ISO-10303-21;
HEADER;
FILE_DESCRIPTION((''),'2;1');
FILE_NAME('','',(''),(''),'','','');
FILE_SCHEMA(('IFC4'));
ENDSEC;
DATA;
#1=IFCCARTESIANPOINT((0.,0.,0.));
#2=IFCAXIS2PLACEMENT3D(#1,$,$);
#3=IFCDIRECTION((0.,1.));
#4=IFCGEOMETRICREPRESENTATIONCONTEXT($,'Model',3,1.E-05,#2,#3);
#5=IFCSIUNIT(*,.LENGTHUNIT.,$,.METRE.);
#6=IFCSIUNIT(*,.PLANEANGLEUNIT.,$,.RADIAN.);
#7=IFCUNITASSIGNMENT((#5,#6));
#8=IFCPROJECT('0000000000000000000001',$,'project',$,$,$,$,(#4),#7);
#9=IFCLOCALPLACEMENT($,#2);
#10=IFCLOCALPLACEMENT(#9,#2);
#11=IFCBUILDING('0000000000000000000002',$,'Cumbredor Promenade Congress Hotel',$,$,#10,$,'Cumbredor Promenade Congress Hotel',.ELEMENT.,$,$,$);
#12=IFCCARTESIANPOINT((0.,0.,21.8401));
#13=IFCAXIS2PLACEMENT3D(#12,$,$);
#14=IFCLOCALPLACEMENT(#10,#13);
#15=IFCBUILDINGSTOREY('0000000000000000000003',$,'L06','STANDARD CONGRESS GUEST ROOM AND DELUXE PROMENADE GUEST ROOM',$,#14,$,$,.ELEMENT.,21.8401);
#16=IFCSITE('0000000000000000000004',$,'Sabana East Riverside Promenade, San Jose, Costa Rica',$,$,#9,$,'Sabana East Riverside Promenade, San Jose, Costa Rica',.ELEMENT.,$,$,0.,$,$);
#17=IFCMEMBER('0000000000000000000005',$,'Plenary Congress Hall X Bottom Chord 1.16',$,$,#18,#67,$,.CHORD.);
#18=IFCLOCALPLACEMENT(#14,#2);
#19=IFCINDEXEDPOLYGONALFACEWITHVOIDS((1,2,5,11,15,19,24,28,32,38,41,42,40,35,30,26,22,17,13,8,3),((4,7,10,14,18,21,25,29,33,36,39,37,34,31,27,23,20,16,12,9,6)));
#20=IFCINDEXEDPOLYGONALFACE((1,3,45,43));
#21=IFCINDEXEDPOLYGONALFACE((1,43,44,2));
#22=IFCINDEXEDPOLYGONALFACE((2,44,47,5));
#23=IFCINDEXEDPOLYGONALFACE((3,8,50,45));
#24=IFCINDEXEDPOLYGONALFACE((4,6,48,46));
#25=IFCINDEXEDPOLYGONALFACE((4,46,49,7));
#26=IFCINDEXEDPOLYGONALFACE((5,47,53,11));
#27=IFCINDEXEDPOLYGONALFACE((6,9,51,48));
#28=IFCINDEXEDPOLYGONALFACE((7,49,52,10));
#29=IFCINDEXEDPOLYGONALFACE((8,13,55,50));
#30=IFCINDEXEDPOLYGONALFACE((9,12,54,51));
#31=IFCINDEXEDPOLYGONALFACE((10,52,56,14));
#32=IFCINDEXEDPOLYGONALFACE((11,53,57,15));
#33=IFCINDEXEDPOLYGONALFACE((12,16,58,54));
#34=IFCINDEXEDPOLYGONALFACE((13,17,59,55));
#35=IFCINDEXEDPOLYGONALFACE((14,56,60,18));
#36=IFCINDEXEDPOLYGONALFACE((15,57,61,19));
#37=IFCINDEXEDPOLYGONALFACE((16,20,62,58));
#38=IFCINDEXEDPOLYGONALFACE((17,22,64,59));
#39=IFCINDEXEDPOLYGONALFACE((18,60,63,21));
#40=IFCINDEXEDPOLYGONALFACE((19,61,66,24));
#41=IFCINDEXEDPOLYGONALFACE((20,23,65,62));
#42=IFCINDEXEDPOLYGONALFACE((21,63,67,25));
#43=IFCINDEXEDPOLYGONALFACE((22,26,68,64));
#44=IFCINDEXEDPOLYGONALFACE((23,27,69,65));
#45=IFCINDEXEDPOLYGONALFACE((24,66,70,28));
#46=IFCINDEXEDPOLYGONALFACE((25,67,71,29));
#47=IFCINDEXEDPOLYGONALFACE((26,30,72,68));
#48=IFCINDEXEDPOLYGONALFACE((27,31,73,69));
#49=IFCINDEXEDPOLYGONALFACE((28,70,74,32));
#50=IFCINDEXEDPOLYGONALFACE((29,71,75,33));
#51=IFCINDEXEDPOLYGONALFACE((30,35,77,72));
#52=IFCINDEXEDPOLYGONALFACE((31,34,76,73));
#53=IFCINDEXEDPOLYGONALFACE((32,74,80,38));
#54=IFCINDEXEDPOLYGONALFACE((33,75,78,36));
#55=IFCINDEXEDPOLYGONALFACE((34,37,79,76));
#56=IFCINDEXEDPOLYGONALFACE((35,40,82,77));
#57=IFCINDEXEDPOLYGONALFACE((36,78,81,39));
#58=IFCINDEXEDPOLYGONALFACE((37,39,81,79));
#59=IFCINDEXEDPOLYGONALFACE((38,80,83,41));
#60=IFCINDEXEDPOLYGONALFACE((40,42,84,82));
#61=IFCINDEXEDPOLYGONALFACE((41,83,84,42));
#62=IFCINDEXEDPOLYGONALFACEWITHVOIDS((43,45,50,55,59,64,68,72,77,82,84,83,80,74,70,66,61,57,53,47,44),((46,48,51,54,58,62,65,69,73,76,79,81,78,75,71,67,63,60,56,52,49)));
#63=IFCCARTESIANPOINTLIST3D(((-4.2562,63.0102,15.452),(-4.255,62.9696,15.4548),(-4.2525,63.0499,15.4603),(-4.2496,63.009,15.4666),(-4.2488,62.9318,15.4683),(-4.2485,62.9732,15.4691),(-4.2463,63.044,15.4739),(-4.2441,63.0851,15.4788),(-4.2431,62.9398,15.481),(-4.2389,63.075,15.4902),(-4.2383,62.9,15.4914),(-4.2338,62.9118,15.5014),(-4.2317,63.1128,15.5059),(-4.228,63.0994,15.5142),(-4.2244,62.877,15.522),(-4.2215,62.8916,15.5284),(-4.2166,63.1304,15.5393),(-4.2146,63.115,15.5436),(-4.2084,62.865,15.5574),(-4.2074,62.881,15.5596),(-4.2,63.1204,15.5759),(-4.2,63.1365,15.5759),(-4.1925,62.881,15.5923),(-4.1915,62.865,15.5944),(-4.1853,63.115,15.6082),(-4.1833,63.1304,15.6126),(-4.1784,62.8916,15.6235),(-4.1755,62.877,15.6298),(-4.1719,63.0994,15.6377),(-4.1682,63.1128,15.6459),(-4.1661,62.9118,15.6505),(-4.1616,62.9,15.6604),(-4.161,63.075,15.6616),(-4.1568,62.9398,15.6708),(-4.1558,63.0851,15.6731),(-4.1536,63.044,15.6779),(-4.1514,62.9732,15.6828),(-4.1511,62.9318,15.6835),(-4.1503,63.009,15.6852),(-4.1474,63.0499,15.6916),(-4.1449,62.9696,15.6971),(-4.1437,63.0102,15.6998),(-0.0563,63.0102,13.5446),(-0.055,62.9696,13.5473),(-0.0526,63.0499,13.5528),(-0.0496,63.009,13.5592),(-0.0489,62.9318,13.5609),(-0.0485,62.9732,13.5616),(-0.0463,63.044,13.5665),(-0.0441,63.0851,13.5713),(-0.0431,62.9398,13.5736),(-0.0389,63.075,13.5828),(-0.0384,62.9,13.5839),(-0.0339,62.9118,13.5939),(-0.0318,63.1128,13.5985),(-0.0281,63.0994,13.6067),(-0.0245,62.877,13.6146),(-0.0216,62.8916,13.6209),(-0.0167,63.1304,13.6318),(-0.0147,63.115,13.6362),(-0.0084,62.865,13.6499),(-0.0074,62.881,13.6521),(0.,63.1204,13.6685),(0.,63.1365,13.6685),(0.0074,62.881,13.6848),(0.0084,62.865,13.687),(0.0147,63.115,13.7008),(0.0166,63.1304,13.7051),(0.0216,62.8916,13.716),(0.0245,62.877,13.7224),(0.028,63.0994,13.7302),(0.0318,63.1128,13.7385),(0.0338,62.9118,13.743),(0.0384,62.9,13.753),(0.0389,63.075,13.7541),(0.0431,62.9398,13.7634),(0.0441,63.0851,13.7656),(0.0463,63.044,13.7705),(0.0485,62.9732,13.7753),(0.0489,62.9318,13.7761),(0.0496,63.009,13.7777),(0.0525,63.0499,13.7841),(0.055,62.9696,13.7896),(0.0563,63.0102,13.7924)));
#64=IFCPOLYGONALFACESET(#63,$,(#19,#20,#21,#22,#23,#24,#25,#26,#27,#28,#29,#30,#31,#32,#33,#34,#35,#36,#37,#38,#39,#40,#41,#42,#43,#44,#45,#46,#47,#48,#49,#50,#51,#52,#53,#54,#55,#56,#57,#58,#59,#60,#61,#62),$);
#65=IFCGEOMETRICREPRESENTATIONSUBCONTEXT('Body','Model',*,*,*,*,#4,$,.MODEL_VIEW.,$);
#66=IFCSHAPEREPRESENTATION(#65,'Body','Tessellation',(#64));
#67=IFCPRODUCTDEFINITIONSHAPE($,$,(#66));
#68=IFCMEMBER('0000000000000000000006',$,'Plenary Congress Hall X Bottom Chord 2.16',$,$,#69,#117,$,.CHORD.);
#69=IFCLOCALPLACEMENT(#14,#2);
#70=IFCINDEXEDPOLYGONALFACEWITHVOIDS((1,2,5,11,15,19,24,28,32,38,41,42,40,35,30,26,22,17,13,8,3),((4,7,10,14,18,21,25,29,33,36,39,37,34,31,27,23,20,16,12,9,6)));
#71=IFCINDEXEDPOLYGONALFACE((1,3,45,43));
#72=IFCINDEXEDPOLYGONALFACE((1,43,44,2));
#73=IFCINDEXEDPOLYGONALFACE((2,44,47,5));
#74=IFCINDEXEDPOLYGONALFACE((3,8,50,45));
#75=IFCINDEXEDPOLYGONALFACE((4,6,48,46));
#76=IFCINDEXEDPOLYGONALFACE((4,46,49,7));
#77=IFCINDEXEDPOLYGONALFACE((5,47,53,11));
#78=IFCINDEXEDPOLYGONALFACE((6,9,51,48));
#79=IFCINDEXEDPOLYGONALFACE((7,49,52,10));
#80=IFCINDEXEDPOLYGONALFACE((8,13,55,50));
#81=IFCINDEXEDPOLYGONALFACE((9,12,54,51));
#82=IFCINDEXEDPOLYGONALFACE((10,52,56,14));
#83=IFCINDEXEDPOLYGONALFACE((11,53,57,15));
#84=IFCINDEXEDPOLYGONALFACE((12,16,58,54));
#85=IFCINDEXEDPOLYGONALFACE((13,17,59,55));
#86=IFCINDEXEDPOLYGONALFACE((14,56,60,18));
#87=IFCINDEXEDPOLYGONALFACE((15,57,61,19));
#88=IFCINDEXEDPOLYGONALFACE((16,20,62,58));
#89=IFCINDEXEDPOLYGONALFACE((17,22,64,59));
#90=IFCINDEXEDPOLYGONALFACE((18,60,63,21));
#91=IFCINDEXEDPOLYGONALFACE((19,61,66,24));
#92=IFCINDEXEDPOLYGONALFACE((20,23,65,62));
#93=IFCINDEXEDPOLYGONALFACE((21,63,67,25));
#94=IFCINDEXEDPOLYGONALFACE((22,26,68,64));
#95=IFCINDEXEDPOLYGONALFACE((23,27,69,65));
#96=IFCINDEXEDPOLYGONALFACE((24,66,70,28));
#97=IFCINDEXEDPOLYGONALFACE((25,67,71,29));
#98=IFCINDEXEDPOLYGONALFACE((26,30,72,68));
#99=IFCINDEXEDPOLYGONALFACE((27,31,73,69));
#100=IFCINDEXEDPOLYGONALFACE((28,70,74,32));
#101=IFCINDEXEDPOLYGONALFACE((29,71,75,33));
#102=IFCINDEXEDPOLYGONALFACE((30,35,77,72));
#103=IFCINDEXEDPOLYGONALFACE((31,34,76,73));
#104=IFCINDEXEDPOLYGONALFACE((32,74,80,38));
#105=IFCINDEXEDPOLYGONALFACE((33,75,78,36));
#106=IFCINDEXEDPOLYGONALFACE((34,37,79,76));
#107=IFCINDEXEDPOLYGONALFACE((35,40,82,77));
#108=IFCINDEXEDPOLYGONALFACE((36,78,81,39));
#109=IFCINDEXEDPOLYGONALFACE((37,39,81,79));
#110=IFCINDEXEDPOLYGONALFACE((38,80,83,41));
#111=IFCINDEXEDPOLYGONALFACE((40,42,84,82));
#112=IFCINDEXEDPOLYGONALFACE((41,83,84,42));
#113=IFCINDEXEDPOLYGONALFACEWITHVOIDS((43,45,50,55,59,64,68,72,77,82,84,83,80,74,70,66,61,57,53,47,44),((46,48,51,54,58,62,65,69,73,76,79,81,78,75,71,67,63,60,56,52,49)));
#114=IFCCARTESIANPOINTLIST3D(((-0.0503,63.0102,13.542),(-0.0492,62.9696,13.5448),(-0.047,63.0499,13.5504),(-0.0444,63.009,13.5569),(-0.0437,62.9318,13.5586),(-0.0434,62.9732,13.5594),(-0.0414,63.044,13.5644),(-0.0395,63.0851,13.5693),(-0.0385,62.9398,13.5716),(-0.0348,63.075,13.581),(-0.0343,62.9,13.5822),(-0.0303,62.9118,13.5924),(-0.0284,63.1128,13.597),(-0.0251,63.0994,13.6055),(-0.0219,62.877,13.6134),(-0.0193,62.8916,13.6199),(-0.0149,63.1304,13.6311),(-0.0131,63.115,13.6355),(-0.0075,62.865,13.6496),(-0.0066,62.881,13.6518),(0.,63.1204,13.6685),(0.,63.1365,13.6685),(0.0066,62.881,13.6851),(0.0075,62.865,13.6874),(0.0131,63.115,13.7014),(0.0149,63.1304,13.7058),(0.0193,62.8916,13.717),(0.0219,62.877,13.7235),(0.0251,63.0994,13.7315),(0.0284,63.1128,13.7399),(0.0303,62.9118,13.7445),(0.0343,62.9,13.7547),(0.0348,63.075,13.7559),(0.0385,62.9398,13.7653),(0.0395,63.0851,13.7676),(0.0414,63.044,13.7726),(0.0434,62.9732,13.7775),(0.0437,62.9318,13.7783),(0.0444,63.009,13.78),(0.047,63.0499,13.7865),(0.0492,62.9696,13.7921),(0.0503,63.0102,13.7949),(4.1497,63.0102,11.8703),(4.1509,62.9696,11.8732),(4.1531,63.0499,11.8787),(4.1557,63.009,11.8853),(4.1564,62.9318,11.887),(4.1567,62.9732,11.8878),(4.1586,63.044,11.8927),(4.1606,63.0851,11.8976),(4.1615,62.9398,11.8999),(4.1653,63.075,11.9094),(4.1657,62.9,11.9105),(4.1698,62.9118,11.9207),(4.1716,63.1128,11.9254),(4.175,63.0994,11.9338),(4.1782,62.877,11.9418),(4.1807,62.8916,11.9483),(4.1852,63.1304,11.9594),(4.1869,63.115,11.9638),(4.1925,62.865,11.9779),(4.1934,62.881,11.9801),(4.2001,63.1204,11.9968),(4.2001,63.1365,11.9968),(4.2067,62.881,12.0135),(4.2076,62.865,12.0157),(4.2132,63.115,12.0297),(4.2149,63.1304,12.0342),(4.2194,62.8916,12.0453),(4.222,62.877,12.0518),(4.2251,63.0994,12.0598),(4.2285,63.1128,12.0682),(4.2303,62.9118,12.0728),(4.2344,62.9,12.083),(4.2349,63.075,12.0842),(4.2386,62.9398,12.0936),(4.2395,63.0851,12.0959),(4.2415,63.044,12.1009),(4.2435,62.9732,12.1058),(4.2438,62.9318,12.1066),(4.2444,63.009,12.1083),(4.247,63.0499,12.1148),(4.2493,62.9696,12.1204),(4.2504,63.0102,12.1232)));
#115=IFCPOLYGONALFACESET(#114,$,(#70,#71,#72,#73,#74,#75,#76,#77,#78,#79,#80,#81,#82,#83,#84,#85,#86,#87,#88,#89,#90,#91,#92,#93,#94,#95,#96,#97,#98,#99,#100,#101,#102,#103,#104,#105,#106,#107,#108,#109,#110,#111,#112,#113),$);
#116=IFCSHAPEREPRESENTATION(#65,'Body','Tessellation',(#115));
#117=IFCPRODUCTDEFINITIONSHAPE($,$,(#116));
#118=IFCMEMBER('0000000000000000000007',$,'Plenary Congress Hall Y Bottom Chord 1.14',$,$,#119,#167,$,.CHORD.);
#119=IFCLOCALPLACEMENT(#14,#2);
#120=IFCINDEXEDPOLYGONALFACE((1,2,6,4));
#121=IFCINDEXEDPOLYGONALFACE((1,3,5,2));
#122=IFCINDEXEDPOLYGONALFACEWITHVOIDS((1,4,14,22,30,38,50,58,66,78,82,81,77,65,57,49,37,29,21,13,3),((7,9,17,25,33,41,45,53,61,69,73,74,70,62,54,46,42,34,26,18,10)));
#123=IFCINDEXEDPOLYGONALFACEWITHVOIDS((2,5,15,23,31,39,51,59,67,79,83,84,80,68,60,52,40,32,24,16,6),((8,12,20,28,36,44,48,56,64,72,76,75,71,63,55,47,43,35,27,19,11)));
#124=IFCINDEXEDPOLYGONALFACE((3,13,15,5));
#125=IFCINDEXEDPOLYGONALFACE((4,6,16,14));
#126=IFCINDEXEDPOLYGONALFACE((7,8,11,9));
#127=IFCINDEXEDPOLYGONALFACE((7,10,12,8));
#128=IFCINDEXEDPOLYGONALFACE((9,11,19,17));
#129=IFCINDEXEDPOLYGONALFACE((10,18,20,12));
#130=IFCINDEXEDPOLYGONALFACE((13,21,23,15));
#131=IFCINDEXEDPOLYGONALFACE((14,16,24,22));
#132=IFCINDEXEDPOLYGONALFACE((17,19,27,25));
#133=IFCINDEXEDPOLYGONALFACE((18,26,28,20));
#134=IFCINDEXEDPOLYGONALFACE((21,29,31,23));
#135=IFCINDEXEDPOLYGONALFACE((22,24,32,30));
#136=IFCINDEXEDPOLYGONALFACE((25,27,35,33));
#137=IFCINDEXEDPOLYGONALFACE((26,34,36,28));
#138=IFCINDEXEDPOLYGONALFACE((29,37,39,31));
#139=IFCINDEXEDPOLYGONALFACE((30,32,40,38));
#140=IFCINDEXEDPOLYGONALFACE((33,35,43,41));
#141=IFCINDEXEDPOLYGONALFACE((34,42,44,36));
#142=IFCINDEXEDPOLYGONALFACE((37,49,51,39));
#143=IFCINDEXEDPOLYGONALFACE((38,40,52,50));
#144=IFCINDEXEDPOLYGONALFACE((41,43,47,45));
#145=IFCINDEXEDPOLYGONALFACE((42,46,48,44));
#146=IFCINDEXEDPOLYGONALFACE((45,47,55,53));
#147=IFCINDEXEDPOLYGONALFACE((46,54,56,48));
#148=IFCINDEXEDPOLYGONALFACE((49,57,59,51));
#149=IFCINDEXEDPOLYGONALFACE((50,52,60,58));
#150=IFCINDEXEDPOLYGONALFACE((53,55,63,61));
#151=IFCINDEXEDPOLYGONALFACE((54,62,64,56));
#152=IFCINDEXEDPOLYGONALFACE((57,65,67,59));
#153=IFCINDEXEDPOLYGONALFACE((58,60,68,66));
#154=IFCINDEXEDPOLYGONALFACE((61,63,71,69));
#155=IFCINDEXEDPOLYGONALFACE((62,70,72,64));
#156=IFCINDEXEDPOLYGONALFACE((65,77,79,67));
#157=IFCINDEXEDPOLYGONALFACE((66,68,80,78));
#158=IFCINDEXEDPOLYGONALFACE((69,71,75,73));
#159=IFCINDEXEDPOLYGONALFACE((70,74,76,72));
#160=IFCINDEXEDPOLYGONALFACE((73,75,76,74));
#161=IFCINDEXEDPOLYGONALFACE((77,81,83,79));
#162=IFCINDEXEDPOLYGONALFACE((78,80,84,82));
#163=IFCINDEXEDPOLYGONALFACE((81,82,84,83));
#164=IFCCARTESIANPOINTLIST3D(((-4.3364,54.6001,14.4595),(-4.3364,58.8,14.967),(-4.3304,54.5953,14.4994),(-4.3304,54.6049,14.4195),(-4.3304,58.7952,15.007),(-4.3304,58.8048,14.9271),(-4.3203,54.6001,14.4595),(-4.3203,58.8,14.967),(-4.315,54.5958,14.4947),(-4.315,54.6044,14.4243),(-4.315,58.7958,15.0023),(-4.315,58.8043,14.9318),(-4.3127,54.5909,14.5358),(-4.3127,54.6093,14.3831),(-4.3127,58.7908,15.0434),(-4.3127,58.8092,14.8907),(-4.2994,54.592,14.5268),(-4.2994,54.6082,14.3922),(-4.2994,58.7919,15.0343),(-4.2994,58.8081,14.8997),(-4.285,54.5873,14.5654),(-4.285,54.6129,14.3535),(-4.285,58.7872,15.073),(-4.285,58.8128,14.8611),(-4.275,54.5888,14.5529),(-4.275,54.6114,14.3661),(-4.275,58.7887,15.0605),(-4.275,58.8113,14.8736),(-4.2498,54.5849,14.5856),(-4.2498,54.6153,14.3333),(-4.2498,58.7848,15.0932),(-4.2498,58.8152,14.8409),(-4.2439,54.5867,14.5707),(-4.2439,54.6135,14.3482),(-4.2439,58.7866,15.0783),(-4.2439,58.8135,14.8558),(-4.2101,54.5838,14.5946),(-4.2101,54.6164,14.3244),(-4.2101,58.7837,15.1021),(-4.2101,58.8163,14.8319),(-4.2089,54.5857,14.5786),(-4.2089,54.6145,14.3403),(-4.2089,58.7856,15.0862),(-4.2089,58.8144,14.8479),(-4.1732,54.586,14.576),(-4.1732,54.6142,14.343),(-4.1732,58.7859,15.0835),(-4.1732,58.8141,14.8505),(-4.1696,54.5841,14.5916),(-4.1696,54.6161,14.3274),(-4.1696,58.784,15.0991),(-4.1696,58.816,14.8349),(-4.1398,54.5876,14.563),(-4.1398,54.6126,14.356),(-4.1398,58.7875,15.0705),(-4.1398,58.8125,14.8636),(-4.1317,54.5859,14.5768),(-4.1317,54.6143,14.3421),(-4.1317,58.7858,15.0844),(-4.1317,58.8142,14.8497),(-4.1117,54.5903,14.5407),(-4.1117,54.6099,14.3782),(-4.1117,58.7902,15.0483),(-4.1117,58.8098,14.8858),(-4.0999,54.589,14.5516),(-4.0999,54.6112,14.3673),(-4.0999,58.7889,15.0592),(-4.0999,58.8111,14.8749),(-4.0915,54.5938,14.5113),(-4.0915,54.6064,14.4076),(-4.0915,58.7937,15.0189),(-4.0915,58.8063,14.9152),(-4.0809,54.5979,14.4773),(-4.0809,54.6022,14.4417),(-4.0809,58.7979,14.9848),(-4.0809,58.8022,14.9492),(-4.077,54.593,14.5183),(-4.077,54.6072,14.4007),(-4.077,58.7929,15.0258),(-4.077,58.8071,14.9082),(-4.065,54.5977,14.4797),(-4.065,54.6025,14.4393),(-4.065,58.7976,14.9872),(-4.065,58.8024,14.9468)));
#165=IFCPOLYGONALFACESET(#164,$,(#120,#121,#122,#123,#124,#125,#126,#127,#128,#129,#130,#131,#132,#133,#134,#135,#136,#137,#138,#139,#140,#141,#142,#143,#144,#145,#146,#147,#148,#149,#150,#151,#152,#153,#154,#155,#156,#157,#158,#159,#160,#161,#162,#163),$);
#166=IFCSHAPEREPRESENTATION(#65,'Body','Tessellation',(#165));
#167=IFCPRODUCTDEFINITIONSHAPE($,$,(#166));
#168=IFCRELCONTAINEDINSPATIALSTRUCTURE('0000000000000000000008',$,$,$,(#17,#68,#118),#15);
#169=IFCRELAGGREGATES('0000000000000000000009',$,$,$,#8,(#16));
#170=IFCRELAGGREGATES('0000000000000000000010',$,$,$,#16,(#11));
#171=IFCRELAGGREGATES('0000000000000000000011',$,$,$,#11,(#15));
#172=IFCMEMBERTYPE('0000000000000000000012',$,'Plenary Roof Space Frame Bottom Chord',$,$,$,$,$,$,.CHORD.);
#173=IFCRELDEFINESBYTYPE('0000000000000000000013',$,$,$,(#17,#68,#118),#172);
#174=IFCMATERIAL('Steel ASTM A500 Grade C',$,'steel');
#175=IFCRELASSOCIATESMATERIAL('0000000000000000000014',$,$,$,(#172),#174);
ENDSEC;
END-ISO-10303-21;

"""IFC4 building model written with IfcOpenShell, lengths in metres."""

from ifc_helpers import new_model, si_unit, direction, frame, origin, origin_2d, place, context, subcontext, project, spatial, hollow_circle, extrude, material, material_profile, profile_set, type_object, element, save


model = new_model("IFC4")

# Units and contexts
model_context = context("Model", 3, precision=1e-05, world=origin(), true_north=direction((0.0, 1.0)))
body_context = subcontext(model_context, "Body", "Model", "MODEL_VIEW")
ifc_project = project(units=[si_unit("LENGTHUNIT", "METRE"), si_unit("PLANEANGLEUNIT", "RADIAN")], contexts=[model_context])

# Site, building, storey
site_placement = place(None, origin())
site = spatial("IfcSite", under=ifc_project, at=site_placement, Name="Sabana East Riverside Promenade, San Jose, Costa Rica", LongName="Sabana East Riverside Promenade, San Jose, Costa Rica", CompositionType="ELEMENT", RefElevation=0.0)
building_placement = place(site_placement, origin())
building = spatial("IfcBuilding", under=site, at=building_placement, Name="Cumbredor Promenade Congress Hotel", LongName="Cumbredor Promenade Congress Hotel", CompositionType="ELEMENT")
storey_placement = place(building_placement, frame((0.0, 0.0, 21.8401)))
storey = spatial("IfcBuildingStorey", under=building, at=storey_placement, Name="L06", Description="STANDARD CONGRESS GUEST ROOM AND DELUXE PROMENADE GUEST ROOM", CompositionType="ELEMENT", Elevation=21.8401)

# Members
ifc_material_1 = material(Name="Steel ASTM A500 Grade C", Category="steel")
ifc_material_profile_1 = material_profile(ifc_material_1, hollow_circle(Radius=0.1365, WallThickness=0.0161, at=origin_2d()), Name="CHS 273.0x16")
ifc_profile_set_1 = profile_set([ifc_material_profile_1], Name="Steel ASTM A500 Grade C")
member_type_1 = type_object("IfcMemberType", Name="Plenary Roof Space Frame Bottom Chord", PredefinedType="CHORD", material=ifc_profile_set_1)
member_1_placement = place(storey_placement, frame((-4.2, 63.0, 15.5759), z_axis=(0.910497, 0.0, -0.413516), x_axis=(0.0, 1.0, 0.0)))
element("IfcMember", 1, at=member_1_placement, inside=storey, type_object=member_type_1, Name="Plenary Congress Hall X Bottom Chord 1.16", PredefinedType="CHORD", context=body_context, shape_type="SweptSolid", body=[
    extrude(hollow_circle(Radius=0.1365, WallThickness=0.0161, at=origin_2d()), origin(), (0.0, 0.0, 1.0), 4.6128),
])
member_2_placement = place(storey_placement, frame((0.0, 63.0, 13.6685), z_axis=(0.929112, 0.0, -0.369798), x_axis=(0.0, 1.0, 0.0)))
element("IfcMember", 2, at=member_2_placement, inside=storey, type_object=member_type_1, Name="Plenary Congress Hall X Bottom Chord 2.16", PredefinedType="CHORD", context=body_context, shape_type="SweptSolid", body=[
    extrude(hollow_circle(Radius=0.1365, WallThickness=0.0161, at=origin_2d()), origin(), (0.0, 0.0, 1.0), 4.5205),
])
member_3_placement = place(storey_placement, frame((-4.2, 54.6001, 14.4595), z_axis=(0.0, 0.992777, 0.119978), x_axis=(-1.0, 0.0, 0.0)))
element("IfcMember", 3, at=member_3_placement, inside=storey, type_object=member_type_1, Name="Plenary Congress Hall Y Bottom Chord 1.14", PredefinedType="CHORD", context=body_context, shape_type="SweptSolid", body=[
    extrude(hollow_circle(Radius=0.1365, WallThickness=0.0161, at=origin_2d()), origin(), (0.0, 0.0, 1.0), 4.2305),
])

save(model, "model.ifc")
